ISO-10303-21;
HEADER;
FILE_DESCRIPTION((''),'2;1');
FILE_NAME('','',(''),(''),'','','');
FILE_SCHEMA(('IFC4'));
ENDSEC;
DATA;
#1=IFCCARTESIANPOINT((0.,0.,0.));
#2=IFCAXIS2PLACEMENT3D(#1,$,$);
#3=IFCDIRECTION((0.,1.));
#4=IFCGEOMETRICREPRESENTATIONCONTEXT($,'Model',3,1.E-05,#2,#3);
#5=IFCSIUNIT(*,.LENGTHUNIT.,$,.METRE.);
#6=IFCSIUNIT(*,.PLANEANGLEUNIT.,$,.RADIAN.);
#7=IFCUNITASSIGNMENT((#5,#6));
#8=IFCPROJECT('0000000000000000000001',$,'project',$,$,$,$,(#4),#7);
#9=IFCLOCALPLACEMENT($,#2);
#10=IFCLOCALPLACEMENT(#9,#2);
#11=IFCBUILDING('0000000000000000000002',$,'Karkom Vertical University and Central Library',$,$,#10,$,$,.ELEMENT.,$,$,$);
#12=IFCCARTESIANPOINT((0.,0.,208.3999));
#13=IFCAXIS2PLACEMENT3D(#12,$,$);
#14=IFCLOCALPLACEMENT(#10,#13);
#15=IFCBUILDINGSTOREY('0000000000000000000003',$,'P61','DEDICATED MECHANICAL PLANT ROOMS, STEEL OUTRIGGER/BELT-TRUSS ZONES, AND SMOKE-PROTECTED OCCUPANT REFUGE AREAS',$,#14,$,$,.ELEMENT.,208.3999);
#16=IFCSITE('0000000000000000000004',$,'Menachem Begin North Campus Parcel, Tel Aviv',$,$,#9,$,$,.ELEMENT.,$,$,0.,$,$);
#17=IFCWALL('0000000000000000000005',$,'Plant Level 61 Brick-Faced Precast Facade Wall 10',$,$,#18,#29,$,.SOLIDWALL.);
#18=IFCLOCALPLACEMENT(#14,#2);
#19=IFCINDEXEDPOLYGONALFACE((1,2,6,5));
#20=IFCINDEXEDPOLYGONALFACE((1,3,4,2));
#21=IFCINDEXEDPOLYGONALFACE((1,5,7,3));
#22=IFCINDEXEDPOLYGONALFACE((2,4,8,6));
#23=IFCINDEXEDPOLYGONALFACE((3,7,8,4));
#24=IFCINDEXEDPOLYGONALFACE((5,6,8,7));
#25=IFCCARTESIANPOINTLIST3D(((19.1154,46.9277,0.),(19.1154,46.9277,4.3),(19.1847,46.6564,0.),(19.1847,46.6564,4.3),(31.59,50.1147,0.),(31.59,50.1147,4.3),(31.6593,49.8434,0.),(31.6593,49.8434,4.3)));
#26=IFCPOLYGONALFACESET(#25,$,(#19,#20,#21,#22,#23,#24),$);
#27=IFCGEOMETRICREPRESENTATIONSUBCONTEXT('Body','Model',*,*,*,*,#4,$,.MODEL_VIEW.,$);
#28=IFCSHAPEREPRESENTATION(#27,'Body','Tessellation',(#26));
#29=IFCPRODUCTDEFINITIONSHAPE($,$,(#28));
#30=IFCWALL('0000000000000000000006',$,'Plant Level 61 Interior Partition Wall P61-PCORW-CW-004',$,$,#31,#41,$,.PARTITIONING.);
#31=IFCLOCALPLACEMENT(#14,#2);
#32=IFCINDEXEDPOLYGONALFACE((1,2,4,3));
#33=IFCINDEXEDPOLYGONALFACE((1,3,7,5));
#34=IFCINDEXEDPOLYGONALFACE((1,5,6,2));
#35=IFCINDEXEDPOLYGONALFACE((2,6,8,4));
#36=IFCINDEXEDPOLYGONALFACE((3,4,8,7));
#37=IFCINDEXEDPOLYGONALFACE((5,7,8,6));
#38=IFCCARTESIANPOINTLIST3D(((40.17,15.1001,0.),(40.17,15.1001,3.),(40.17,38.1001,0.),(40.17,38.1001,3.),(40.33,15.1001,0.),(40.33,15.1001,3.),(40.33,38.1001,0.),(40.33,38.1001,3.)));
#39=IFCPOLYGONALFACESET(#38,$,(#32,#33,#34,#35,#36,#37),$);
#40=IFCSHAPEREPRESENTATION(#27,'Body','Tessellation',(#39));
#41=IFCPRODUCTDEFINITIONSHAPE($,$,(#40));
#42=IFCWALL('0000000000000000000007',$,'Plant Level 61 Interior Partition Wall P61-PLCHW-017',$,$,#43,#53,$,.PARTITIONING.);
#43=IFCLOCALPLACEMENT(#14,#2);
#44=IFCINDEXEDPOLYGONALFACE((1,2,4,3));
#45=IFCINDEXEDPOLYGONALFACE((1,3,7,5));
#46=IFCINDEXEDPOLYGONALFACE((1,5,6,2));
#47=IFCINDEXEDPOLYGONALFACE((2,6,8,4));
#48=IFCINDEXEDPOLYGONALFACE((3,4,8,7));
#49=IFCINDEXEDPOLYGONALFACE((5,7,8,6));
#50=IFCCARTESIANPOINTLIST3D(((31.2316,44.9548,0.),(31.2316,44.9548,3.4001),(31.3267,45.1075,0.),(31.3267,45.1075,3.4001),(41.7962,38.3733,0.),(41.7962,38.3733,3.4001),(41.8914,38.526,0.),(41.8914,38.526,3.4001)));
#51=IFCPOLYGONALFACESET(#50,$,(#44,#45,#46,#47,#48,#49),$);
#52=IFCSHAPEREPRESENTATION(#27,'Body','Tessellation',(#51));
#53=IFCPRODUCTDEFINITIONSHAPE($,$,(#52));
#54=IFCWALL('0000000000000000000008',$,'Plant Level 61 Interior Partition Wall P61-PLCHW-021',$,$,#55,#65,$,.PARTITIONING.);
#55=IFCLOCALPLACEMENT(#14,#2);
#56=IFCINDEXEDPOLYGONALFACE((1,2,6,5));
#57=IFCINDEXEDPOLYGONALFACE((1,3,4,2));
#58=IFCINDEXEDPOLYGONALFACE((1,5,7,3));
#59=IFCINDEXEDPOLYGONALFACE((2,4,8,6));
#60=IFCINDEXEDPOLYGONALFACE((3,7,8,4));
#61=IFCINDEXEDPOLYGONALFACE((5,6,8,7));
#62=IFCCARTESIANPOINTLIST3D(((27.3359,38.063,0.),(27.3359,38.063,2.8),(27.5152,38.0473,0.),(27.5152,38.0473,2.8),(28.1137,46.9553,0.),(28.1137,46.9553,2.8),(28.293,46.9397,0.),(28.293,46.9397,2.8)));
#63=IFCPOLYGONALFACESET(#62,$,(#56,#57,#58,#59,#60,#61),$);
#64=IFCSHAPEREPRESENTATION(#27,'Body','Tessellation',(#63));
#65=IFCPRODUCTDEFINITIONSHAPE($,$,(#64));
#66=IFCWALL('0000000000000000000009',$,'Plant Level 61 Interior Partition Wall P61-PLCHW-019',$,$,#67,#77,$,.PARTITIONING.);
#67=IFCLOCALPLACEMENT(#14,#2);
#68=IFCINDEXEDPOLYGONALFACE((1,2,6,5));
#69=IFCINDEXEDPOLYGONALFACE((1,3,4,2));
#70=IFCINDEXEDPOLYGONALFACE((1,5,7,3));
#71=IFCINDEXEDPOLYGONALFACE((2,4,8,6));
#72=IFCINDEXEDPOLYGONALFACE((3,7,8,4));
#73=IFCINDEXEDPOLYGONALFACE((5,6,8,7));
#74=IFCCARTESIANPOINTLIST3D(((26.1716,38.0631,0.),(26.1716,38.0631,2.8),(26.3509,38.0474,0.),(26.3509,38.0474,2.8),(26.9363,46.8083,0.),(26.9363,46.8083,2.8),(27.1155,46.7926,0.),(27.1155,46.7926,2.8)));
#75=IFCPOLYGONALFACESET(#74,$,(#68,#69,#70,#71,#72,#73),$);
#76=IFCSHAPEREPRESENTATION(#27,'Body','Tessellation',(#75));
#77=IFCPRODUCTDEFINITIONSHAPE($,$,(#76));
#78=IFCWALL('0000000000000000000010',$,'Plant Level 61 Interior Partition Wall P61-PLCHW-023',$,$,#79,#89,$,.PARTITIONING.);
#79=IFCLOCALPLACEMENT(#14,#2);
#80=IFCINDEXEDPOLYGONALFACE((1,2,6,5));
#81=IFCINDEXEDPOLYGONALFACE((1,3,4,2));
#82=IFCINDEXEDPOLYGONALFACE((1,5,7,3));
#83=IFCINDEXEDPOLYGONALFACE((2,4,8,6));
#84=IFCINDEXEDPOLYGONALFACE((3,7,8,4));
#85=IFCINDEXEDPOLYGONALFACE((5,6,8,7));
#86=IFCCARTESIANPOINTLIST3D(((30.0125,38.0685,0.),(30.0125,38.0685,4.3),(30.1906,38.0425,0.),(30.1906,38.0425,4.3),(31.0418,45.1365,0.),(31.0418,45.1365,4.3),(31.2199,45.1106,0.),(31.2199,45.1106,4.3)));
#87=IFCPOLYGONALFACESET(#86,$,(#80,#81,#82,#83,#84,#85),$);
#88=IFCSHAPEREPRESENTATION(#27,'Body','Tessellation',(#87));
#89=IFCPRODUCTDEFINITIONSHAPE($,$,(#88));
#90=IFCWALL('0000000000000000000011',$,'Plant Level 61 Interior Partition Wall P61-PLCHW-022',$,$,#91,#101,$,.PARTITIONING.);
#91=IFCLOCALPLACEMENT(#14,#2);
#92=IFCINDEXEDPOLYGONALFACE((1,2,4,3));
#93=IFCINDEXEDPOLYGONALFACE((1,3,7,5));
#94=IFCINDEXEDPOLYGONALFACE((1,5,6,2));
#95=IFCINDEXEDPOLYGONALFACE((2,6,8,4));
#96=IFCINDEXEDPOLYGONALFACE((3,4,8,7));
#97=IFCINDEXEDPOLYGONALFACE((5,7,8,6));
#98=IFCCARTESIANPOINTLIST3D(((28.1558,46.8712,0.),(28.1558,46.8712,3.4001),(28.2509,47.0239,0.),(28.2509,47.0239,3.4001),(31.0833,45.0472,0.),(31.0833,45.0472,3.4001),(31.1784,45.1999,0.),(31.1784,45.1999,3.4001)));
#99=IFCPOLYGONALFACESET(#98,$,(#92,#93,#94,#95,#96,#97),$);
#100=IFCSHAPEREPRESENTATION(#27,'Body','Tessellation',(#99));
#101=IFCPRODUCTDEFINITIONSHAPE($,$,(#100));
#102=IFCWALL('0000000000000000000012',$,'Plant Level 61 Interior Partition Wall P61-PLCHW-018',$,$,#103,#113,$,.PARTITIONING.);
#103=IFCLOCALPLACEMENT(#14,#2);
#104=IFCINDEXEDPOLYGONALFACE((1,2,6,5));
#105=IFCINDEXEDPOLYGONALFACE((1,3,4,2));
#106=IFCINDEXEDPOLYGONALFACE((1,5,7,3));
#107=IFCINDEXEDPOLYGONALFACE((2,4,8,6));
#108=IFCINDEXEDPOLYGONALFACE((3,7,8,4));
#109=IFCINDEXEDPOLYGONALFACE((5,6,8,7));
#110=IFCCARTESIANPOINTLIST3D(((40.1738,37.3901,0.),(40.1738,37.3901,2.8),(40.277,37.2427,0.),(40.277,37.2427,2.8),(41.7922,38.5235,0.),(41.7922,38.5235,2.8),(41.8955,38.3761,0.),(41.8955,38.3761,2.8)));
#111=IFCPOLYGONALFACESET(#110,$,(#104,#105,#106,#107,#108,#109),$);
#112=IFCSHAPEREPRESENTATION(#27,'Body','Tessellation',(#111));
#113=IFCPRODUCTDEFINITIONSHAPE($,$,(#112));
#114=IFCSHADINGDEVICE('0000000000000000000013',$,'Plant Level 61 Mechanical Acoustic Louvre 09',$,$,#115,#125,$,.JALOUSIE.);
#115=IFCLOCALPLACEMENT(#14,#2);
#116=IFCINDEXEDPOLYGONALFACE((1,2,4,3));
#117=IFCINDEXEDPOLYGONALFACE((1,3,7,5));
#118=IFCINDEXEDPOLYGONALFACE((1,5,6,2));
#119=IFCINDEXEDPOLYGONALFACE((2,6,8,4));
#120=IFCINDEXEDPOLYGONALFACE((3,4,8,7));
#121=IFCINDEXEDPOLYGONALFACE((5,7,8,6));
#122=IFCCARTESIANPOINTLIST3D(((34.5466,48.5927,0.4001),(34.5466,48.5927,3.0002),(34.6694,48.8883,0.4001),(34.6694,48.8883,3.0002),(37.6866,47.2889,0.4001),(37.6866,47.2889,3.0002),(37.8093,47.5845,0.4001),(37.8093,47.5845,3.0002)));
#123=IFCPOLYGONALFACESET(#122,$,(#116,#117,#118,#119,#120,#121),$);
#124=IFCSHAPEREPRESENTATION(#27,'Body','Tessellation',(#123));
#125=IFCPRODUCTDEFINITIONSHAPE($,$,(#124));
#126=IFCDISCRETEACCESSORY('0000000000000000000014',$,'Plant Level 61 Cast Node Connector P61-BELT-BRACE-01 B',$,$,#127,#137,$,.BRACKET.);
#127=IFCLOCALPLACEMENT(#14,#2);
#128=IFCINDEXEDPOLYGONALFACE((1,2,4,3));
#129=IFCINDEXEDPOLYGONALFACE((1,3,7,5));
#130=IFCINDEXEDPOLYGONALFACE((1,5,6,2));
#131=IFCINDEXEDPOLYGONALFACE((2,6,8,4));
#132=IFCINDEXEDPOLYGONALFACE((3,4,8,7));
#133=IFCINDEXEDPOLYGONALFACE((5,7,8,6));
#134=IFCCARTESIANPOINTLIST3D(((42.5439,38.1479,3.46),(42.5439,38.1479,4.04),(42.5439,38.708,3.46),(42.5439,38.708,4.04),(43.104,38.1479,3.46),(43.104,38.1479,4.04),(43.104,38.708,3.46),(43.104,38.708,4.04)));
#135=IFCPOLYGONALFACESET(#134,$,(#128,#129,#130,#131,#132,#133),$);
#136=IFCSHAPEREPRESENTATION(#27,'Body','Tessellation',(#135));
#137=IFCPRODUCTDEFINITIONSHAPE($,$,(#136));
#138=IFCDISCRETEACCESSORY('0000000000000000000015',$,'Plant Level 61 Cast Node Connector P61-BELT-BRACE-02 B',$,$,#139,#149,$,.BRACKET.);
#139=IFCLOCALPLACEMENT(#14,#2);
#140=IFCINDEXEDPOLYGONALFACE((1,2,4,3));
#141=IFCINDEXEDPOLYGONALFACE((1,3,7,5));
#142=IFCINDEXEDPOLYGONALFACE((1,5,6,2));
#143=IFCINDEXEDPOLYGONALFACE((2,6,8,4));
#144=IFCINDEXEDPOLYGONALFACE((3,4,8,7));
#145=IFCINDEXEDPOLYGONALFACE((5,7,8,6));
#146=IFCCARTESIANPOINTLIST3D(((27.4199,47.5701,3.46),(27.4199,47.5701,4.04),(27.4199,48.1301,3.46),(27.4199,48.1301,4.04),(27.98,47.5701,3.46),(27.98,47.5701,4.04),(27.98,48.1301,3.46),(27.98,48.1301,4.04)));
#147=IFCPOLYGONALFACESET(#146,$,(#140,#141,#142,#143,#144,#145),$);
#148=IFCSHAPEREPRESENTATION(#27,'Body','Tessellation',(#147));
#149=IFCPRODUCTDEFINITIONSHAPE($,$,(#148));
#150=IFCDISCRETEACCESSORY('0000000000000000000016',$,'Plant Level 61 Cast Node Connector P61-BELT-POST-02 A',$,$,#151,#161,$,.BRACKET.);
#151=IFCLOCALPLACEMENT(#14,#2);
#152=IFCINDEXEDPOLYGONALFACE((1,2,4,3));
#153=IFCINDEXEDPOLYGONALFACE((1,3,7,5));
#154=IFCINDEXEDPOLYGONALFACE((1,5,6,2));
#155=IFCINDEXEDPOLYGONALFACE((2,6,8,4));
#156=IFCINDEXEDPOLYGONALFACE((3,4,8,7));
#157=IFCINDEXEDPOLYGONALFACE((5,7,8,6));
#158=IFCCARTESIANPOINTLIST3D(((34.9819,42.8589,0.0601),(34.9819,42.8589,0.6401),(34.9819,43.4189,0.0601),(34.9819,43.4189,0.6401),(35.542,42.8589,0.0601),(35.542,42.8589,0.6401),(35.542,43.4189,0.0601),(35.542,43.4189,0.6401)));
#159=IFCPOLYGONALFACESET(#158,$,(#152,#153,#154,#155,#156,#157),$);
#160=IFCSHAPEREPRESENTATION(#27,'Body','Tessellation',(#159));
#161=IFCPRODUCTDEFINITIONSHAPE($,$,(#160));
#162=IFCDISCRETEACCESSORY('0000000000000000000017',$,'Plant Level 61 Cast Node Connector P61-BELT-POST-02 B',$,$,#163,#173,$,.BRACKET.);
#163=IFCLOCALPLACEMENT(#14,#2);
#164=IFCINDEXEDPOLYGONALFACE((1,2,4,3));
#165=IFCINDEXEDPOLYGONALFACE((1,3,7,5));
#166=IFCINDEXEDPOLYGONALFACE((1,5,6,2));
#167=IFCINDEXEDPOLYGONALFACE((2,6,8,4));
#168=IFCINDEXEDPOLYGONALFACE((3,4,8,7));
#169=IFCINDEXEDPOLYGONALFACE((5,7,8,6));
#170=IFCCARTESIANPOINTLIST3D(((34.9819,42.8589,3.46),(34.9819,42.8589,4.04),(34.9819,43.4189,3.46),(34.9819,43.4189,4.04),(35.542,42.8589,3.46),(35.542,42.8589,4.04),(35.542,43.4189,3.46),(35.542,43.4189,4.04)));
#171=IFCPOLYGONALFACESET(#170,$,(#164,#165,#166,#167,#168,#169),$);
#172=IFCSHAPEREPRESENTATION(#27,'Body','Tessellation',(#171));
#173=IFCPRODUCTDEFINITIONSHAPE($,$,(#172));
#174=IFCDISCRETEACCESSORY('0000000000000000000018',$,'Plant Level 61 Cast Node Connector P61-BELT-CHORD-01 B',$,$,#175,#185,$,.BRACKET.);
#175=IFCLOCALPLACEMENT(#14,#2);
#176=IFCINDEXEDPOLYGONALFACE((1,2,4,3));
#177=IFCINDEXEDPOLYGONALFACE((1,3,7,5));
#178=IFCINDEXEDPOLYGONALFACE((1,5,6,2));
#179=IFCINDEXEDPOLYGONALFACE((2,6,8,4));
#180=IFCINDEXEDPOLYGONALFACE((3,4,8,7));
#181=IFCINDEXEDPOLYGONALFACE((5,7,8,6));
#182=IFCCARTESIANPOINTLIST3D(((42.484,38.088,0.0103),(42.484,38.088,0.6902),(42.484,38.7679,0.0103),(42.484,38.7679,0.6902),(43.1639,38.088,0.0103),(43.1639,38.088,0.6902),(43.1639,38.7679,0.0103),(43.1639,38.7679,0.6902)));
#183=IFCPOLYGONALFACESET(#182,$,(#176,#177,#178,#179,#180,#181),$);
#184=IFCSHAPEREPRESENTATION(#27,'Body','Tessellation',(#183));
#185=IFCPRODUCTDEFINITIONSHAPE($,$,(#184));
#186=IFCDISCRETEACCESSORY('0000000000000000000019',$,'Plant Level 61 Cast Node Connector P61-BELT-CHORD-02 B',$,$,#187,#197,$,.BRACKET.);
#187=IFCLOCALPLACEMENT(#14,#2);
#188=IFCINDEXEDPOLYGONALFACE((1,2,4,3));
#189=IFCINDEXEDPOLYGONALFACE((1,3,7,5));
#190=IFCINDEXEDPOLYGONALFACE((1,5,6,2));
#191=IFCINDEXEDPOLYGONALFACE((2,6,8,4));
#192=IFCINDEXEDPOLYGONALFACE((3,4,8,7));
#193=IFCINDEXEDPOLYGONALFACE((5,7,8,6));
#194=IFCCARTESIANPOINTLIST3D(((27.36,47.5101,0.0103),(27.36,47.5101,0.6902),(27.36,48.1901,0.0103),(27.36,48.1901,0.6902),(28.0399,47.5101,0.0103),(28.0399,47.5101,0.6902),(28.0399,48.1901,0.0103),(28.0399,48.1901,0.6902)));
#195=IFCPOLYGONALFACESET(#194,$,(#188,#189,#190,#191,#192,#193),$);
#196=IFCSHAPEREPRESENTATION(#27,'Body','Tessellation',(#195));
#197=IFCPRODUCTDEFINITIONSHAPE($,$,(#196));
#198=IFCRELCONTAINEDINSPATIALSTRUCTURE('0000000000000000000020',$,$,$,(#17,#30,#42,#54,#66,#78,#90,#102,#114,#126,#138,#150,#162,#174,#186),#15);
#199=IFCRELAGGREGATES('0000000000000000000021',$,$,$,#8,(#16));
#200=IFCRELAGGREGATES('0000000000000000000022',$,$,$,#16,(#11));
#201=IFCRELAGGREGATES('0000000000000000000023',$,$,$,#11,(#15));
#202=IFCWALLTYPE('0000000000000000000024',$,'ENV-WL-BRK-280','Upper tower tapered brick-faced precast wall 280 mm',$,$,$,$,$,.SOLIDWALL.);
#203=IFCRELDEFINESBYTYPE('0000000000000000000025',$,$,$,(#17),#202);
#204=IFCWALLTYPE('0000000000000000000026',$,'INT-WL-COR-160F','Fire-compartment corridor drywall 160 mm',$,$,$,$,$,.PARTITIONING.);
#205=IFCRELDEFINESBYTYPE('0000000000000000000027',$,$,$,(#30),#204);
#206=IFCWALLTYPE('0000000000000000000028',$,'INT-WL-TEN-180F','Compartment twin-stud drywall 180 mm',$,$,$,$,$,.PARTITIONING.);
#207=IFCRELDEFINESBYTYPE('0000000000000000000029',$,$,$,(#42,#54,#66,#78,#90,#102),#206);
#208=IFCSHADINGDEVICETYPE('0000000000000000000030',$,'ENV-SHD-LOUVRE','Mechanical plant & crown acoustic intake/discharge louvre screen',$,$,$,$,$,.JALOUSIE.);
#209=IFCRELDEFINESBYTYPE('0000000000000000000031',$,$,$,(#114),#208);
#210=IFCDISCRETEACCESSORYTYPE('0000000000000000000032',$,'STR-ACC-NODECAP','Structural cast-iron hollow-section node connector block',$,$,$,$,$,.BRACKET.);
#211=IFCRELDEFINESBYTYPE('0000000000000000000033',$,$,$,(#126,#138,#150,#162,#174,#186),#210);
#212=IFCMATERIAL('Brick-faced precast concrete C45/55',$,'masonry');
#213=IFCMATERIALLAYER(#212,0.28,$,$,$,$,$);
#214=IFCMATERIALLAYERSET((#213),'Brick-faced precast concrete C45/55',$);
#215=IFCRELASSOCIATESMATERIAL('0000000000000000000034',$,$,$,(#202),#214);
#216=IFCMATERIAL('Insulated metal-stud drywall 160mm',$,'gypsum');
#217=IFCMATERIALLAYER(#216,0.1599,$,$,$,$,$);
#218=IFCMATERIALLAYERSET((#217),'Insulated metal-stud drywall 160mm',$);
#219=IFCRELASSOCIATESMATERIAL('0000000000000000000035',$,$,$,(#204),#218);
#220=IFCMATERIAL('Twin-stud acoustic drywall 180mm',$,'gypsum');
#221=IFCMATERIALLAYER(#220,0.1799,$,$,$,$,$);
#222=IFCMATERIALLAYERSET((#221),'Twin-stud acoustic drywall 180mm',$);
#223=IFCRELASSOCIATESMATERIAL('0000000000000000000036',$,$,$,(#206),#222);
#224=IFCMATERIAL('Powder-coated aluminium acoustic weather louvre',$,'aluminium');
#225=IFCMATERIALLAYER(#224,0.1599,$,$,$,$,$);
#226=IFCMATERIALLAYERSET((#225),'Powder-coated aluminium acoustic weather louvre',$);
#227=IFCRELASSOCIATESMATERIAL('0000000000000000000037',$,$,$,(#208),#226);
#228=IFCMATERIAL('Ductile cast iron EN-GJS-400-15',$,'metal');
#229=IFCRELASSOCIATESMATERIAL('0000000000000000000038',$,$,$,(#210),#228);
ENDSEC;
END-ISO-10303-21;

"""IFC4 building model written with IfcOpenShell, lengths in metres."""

from ifc_helpers import new_model, si_unit, direction, frame, frame_2d, origin, origin_with_axes, origin_2d, place, context, subcontext, project, spatial, rectangle, extrude, source, transform, mapped, material, layer, layer_set, type_object, element, save


model = new_model("IFC4")

# Units and contexts
model_context = context("Model", 3, precision=1e-05, world=origin(), true_north=direction((0.0, 1.0)))
body_context = subcontext(model_context, "Body", "Model", "MODEL_VIEW")
ifc_project = project(units=[si_unit("LENGTHUNIT", "METRE"), si_unit("PLANEANGLEUNIT", "RADIAN")], contexts=[model_context])

# Site, building, storey
site_placement = place(None, origin())
site = spatial("IfcSite", under=ifc_project, at=site_placement, Name="Menachem Begin North Campus Parcel, Tel Aviv", CompositionType="ELEMENT", RefElevation=0.0)
building_placement = place(site_placement, origin())
building = spatial("IfcBuilding", under=site, at=building_placement, Name="Karkom Vertical University and Central Library", CompositionType="ELEMENT")
storey_placement = place(building_placement, frame((0.0, 0.0, 208.3999)))
storey = spatial("IfcBuildingStorey", under=building, at=storey_placement, Name="P61", Description="DEDICATED MECHANICAL PLANT ROOMS, STEEL OUTRIGGER/BELT-TRUSS ZONES, AND SMOKE-PROTECTED OCCUPANT REFUGE AREAS", CompositionType="ELEMENT", Elevation=208.3999)

# Walls
ifc_material_1 = material(Name="Brick-faced precast concrete C45/55", Category="masonry")
ifc_layer_1 = layer(ifc_material_1, 0.28)
ifc_layer_set_1 = layer_set([ifc_layer_1], Name="Brick-faced precast concrete C45/55")
wall_type_1 = type_object("IfcWallType", Name="ENV-WL-BRK-280", Description="Upper tower tapered brick-faced precast wall 280 mm", PredefinedType="SOLIDWALL", material=ifc_layer_set_1)
wall_1_placement = place(storey_placement, frame((31.6245, 49.979, 0.0), z_axis=(0.0, 0.0, 1.0), x_axis=(-0.96888, -0.247529, 0.0)))
element("IfcWall", 1, at=wall_1_placement, inside=storey, type_object=wall_type_1, Name="Plant Level 61 Brick-Faced Precast Facade Wall 10", PredefinedType="SOLIDWALL", context=body_context, shape_type="SweptSolid", body=[
    extrude(rectangle(XDim=12.8752, YDim=0.28, at=frame_2d((6.4375, 0.0))), origin(), (0.0, 0.0, 1.0), 4.3),
])
ifc_material_2 = material(Name="Insulated metal-stud drywall 160mm", Category="gypsum")
ifc_layer_2 = layer(ifc_material_2, 0.1599)
ifc_layer_set_2 = layer_set([ifc_layer_2], Name="Insulated metal-stud drywall 160mm")
wall_type_2 = type_object("IfcWallType", Name="INT-WL-COR-160F", Description="Fire-compartment corridor drywall 160 mm", PredefinedType="PARTITIONING", material=ifc_layer_set_2)
wall_2_placement = place(storey_placement, frame((40.25, 38.1001, 0.0), z_axis=(0.0, 0.0, 1.0), x_axis=(0.0, -1.0, 0.0)))
element("IfcWall", 2, at=wall_2_placement, inside=storey, type_object=wall_type_2, Name="Plant Level 61 Interior Partition Wall P61-PCORW-CW-004", PredefinedType="PARTITIONING", context=body_context, shape_type="SweptSolid", body=[
    extrude(rectangle(XDim=23.0, YDim=0.1599, at=frame_2d((11.5, 0.0))), origin(), (0.0, 0.0, 1.0), 3.0),
])
ifc_material_3 = material(Name="Twin-stud acoustic drywall 180mm", Category="gypsum")
ifc_layer_3 = layer(ifc_material_3, 0.1799)
ifc_layer_set_3 = layer_set([ifc_layer_3], Name="Twin-stud acoustic drywall 180mm")
wall_type_3 = type_object("IfcWallType", Name="INT-WL-TEN-180F", Description="Compartment twin-stud drywall 180 mm", PredefinedType="PARTITIONING", material=ifc_layer_set_3)
wall_3_placement = place(storey_placement, frame((31.2791, 45.0312, 0.0), z_axis=(0.0, 0.0, 1.0), x_axis=(0.84877, -0.528762, 0.0)))
element("IfcWall", 3, at=wall_3_placement, inside=storey, type_object=wall_type_3, Name="Plant Level 61 Interior Partition Wall P61-PLCHW-017", PredefinedType="PARTITIONING", context=body_context, shape_type="SweptSolid", body=[
    extrude(rectangle(XDim=12.447, YDim=0.1799, at=frame_2d((6.2236, 0.0))), origin(), (0.0, 0.0, 1.0), 3.4001),
])
wall_4_placement = place(storey_placement, frame((27.4255, 38.0552, 0.0), z_axis=(0.0, 0.0, 1.0), x_axis=(0.087139, 0.996196, 0.0)))
element("IfcWall", 4, at=wall_4_placement, inside=storey, type_object=wall_type_3, Name="Plant Level 61 Interior Partition Wall P61-PLCHW-021", PredefinedType="PARTITIONING", context=body_context, shape_type="SweptSolid", body=[
    extrude(rectangle(XDim=8.9263, YDim=0.1799, at=frame_2d((4.4631, 0.0))), origin(), (0.0, 0.0, 1.0), 2.8),
])
wall_5_placement = place(storey_placement, frame((27.0259, 46.8003, 0.0), z_axis=(0.0, 0.0, 1.0), x_axis=(-0.087105, -0.996199, 0.0)))
element("IfcWall", 5, at=wall_5_placement, inside=storey, type_object=wall_type_3, Name="Plant Level 61 Interior Partition Wall P61-PLCHW-019", PredefinedType="PARTITIONING", context=body_context, shape_type="SweptSolid", body=[
    extrude(rectangle(XDim=8.7786, YDim=0.1799, at=frame_2d((4.3892, 0.0))), origin(), (0.0, 0.0, 1.0), 2.8),
])
wall_6_placement = place(storey_placement, frame((31.1309, 45.1235, 0.0), z_axis=(0.0, 0.0, 1.0), x_axis=(-0.144105, -0.989562, 0.0)))
element("IfcWall", 6, at=wall_6_placement, inside=storey, type_object=wall_type_3, Name="Plant Level 61 Interior Partition Wall P61-PLCHW-023", PredefinedType="PARTITIONING", context=body_context, shape_type="SweptSolid", body=[
    extrude(rectangle(XDim=7.1426, YDim=0.1799, at=frame_2d((3.5713, 0.0))), origin(), (0.0, 0.0, 1.0), 4.3),
])
wall_7_placement = place(storey_placement, frame((28.2034, 46.9475, 0.0), z_axis=(0.0, 0.0, 1.0), x_axis=(0.848741, -0.528809, 0.0)))
element("IfcWall", 7, at=wall_7_placement, inside=storey, type_object=wall_type_3, Name="Plant Level 61 Interior Partition Wall P61-PLCHW-022", PredefinedType="PARTITIONING", context=body_context, shape_type="SweptSolid", body=[
    extrude(rectangle(XDim=3.4492, YDim=0.1799, at=frame_2d((1.7246, 0.0))), origin(), (0.0, 0.0, 1.0), 3.4001),
])
wall_8_placement = place(storey_placement, frame((41.8438, 38.4497, 0.0), z_axis=(0.0, 0.0, 1.0), x_axis=(-0.819133, -0.573603, 0.0)))
element("IfcWall", 8, at=wall_8_placement, inside=storey, type_object=wall_type_3, Name="Plant Level 61 Interior Partition Wall P61-PLCHW-018", PredefinedType="PARTITIONING", context=body_context, shape_type="SweptSolid", body=[
    extrude(rectangle(XDim=1.9758, YDim=0.1799, at=frame_2d((0.9878, 0.0))), origin(), (0.0, 0.0, 1.0), 2.8),
])

# Shading device
ifc_material_4 = material(Name="Powder-coated aluminium acoustic weather louvre", Category="aluminium")
ifc_layer_4 = layer(ifc_material_4, 0.1599)
ifc_layer_set_4 = layer_set([ifc_layer_4], Name="Powder-coated aluminium acoustic weather louvre")
shading_device_type = type_object("IfcShadingDeviceType", Name="ENV-SHD-LOUVRE", Description="Mechanical plant & crown acoustic intake/discharge louvre screen", PredefinedType="JALOUSIE", material=ifc_layer_set_4)
shared_shape_1 = source(origin_with_axes(), body_context, "Body", "SweptSolid", [
    extrude(rectangle(XDim=3.3999, YDim=0.3201, at=origin_2d()), origin(), (0.0, 0.0, 1.0), 2.6001),
])
shading_device_placement = place(storey_placement, frame((36.178, 48.0886, 0.4001), z_axis=(0.0, 0.0, 1.0), x_axis=(-0.923545, 0.38349, 0.0)))
element("IfcShadingDevice", 9, at=shading_device_placement, inside=storey, type_object=shading_device_type, Name="Plant Level 61 Mechanical Acoustic Louvre 09", PredefinedType="JALOUSIE", context=body_context, shape_type="MappedRepresentation", body=[
    mapped(shared_shape_1, transform((0.0, 0.0, 0.0), scale=1.0)),
])

# Discrete accessories
ifc_material_5 = material(Name="Ductile cast iron EN-GJS-400-15", Category="metal")
discrete_accessory_type = type_object("IfcDiscreteAccessoryType", Name="STR-ACC-NODECAP", Description="Structural cast-iron hollow-section node connector block", PredefinedType="BRACKET", material=ifc_material_5)
shared_shape_2 = source(origin_with_axes(), body_context, "Body", "SweptSolid", [
    extrude(rectangle(XDim=0.5601, YDim=0.5601, at=origin_2d()), origin(), (0.0, 0.0, 1.0), 0.5801),
])
for number, where, z_axis, x_axis, name in (
    (10, (42.824, 38.428, 3.46), (0.0, 0.0, 1.0), (1.0, 0.0, 0.0), "Plant Level 61 Cast Node Connector P61-BELT-BRACE-01 B"),
    (11, (27.7, 47.8501, 3.46), (0.0, 0.0, 1.0), (1.0, 0.0, 0.0), "Plant Level 61 Cast Node Connector P61-BELT-BRACE-02 B"),
    (12, (35.262, 43.1389, 0.0601), (0.0, 0.0, 1.0), (1.0, 0.0, 0.0), "Plant Level 61 Cast Node Connector P61-BELT-POST-02 A"),
    (13, (35.262, 43.1389, 3.46), (0.0, 0.0, 1.0), (1.0, 0.0, 0.0), "Plant Level 61 Cast Node Connector P61-BELT-POST-02 B"),
):
    element("IfcDiscreteAccessory", number, at=place(storey_placement, frame(where, z_axis=z_axis, x_axis=x_axis)), inside=storey, type_object=discrete_accessory_type, Name=name, PredefinedType="BRACKET", context=body_context, shape_type="MappedRepresentation", body=[
        mapped(shared_shape_2, transform((0.0, 0.0, 0.0), scale=1.0)),
    ])
shared_shape_3 = source(origin_with_axes(), body_context, "Body", "SweptSolid", [
    extrude(rectangle(XDim=0.6799, YDim=0.6799, at=origin_2d()), origin(), (0.0, 0.0, 1.0), 0.6799),
])
for number, where, z_axis, x_axis, name in (
    (14, (42.824, 38.428, 0.0103), (0.0, 0.0, 1.0), (1.0, 0.0, 0.0), "Plant Level 61 Cast Node Connector P61-BELT-CHORD-01 B"),
    (15, (27.7, 47.8501, 0.0103), (0.0, 0.0, 1.0), (1.0, 0.0, 0.0), "Plant Level 61 Cast Node Connector P61-BELT-CHORD-02 B"),
):
    element("IfcDiscreteAccessory", number, at=place(storey_placement, frame(where, z_axis=z_axis, x_axis=x_axis)), inside=storey, type_object=discrete_accessory_type, Name=name, PredefinedType="BRACKET", context=body_context, shape_type="MappedRepresentation", body=[
        mapped(shared_shape_3, transform((0.0, 0.0, 0.0), scale=1.0)),
    ])

save(model, "model.ifc")
